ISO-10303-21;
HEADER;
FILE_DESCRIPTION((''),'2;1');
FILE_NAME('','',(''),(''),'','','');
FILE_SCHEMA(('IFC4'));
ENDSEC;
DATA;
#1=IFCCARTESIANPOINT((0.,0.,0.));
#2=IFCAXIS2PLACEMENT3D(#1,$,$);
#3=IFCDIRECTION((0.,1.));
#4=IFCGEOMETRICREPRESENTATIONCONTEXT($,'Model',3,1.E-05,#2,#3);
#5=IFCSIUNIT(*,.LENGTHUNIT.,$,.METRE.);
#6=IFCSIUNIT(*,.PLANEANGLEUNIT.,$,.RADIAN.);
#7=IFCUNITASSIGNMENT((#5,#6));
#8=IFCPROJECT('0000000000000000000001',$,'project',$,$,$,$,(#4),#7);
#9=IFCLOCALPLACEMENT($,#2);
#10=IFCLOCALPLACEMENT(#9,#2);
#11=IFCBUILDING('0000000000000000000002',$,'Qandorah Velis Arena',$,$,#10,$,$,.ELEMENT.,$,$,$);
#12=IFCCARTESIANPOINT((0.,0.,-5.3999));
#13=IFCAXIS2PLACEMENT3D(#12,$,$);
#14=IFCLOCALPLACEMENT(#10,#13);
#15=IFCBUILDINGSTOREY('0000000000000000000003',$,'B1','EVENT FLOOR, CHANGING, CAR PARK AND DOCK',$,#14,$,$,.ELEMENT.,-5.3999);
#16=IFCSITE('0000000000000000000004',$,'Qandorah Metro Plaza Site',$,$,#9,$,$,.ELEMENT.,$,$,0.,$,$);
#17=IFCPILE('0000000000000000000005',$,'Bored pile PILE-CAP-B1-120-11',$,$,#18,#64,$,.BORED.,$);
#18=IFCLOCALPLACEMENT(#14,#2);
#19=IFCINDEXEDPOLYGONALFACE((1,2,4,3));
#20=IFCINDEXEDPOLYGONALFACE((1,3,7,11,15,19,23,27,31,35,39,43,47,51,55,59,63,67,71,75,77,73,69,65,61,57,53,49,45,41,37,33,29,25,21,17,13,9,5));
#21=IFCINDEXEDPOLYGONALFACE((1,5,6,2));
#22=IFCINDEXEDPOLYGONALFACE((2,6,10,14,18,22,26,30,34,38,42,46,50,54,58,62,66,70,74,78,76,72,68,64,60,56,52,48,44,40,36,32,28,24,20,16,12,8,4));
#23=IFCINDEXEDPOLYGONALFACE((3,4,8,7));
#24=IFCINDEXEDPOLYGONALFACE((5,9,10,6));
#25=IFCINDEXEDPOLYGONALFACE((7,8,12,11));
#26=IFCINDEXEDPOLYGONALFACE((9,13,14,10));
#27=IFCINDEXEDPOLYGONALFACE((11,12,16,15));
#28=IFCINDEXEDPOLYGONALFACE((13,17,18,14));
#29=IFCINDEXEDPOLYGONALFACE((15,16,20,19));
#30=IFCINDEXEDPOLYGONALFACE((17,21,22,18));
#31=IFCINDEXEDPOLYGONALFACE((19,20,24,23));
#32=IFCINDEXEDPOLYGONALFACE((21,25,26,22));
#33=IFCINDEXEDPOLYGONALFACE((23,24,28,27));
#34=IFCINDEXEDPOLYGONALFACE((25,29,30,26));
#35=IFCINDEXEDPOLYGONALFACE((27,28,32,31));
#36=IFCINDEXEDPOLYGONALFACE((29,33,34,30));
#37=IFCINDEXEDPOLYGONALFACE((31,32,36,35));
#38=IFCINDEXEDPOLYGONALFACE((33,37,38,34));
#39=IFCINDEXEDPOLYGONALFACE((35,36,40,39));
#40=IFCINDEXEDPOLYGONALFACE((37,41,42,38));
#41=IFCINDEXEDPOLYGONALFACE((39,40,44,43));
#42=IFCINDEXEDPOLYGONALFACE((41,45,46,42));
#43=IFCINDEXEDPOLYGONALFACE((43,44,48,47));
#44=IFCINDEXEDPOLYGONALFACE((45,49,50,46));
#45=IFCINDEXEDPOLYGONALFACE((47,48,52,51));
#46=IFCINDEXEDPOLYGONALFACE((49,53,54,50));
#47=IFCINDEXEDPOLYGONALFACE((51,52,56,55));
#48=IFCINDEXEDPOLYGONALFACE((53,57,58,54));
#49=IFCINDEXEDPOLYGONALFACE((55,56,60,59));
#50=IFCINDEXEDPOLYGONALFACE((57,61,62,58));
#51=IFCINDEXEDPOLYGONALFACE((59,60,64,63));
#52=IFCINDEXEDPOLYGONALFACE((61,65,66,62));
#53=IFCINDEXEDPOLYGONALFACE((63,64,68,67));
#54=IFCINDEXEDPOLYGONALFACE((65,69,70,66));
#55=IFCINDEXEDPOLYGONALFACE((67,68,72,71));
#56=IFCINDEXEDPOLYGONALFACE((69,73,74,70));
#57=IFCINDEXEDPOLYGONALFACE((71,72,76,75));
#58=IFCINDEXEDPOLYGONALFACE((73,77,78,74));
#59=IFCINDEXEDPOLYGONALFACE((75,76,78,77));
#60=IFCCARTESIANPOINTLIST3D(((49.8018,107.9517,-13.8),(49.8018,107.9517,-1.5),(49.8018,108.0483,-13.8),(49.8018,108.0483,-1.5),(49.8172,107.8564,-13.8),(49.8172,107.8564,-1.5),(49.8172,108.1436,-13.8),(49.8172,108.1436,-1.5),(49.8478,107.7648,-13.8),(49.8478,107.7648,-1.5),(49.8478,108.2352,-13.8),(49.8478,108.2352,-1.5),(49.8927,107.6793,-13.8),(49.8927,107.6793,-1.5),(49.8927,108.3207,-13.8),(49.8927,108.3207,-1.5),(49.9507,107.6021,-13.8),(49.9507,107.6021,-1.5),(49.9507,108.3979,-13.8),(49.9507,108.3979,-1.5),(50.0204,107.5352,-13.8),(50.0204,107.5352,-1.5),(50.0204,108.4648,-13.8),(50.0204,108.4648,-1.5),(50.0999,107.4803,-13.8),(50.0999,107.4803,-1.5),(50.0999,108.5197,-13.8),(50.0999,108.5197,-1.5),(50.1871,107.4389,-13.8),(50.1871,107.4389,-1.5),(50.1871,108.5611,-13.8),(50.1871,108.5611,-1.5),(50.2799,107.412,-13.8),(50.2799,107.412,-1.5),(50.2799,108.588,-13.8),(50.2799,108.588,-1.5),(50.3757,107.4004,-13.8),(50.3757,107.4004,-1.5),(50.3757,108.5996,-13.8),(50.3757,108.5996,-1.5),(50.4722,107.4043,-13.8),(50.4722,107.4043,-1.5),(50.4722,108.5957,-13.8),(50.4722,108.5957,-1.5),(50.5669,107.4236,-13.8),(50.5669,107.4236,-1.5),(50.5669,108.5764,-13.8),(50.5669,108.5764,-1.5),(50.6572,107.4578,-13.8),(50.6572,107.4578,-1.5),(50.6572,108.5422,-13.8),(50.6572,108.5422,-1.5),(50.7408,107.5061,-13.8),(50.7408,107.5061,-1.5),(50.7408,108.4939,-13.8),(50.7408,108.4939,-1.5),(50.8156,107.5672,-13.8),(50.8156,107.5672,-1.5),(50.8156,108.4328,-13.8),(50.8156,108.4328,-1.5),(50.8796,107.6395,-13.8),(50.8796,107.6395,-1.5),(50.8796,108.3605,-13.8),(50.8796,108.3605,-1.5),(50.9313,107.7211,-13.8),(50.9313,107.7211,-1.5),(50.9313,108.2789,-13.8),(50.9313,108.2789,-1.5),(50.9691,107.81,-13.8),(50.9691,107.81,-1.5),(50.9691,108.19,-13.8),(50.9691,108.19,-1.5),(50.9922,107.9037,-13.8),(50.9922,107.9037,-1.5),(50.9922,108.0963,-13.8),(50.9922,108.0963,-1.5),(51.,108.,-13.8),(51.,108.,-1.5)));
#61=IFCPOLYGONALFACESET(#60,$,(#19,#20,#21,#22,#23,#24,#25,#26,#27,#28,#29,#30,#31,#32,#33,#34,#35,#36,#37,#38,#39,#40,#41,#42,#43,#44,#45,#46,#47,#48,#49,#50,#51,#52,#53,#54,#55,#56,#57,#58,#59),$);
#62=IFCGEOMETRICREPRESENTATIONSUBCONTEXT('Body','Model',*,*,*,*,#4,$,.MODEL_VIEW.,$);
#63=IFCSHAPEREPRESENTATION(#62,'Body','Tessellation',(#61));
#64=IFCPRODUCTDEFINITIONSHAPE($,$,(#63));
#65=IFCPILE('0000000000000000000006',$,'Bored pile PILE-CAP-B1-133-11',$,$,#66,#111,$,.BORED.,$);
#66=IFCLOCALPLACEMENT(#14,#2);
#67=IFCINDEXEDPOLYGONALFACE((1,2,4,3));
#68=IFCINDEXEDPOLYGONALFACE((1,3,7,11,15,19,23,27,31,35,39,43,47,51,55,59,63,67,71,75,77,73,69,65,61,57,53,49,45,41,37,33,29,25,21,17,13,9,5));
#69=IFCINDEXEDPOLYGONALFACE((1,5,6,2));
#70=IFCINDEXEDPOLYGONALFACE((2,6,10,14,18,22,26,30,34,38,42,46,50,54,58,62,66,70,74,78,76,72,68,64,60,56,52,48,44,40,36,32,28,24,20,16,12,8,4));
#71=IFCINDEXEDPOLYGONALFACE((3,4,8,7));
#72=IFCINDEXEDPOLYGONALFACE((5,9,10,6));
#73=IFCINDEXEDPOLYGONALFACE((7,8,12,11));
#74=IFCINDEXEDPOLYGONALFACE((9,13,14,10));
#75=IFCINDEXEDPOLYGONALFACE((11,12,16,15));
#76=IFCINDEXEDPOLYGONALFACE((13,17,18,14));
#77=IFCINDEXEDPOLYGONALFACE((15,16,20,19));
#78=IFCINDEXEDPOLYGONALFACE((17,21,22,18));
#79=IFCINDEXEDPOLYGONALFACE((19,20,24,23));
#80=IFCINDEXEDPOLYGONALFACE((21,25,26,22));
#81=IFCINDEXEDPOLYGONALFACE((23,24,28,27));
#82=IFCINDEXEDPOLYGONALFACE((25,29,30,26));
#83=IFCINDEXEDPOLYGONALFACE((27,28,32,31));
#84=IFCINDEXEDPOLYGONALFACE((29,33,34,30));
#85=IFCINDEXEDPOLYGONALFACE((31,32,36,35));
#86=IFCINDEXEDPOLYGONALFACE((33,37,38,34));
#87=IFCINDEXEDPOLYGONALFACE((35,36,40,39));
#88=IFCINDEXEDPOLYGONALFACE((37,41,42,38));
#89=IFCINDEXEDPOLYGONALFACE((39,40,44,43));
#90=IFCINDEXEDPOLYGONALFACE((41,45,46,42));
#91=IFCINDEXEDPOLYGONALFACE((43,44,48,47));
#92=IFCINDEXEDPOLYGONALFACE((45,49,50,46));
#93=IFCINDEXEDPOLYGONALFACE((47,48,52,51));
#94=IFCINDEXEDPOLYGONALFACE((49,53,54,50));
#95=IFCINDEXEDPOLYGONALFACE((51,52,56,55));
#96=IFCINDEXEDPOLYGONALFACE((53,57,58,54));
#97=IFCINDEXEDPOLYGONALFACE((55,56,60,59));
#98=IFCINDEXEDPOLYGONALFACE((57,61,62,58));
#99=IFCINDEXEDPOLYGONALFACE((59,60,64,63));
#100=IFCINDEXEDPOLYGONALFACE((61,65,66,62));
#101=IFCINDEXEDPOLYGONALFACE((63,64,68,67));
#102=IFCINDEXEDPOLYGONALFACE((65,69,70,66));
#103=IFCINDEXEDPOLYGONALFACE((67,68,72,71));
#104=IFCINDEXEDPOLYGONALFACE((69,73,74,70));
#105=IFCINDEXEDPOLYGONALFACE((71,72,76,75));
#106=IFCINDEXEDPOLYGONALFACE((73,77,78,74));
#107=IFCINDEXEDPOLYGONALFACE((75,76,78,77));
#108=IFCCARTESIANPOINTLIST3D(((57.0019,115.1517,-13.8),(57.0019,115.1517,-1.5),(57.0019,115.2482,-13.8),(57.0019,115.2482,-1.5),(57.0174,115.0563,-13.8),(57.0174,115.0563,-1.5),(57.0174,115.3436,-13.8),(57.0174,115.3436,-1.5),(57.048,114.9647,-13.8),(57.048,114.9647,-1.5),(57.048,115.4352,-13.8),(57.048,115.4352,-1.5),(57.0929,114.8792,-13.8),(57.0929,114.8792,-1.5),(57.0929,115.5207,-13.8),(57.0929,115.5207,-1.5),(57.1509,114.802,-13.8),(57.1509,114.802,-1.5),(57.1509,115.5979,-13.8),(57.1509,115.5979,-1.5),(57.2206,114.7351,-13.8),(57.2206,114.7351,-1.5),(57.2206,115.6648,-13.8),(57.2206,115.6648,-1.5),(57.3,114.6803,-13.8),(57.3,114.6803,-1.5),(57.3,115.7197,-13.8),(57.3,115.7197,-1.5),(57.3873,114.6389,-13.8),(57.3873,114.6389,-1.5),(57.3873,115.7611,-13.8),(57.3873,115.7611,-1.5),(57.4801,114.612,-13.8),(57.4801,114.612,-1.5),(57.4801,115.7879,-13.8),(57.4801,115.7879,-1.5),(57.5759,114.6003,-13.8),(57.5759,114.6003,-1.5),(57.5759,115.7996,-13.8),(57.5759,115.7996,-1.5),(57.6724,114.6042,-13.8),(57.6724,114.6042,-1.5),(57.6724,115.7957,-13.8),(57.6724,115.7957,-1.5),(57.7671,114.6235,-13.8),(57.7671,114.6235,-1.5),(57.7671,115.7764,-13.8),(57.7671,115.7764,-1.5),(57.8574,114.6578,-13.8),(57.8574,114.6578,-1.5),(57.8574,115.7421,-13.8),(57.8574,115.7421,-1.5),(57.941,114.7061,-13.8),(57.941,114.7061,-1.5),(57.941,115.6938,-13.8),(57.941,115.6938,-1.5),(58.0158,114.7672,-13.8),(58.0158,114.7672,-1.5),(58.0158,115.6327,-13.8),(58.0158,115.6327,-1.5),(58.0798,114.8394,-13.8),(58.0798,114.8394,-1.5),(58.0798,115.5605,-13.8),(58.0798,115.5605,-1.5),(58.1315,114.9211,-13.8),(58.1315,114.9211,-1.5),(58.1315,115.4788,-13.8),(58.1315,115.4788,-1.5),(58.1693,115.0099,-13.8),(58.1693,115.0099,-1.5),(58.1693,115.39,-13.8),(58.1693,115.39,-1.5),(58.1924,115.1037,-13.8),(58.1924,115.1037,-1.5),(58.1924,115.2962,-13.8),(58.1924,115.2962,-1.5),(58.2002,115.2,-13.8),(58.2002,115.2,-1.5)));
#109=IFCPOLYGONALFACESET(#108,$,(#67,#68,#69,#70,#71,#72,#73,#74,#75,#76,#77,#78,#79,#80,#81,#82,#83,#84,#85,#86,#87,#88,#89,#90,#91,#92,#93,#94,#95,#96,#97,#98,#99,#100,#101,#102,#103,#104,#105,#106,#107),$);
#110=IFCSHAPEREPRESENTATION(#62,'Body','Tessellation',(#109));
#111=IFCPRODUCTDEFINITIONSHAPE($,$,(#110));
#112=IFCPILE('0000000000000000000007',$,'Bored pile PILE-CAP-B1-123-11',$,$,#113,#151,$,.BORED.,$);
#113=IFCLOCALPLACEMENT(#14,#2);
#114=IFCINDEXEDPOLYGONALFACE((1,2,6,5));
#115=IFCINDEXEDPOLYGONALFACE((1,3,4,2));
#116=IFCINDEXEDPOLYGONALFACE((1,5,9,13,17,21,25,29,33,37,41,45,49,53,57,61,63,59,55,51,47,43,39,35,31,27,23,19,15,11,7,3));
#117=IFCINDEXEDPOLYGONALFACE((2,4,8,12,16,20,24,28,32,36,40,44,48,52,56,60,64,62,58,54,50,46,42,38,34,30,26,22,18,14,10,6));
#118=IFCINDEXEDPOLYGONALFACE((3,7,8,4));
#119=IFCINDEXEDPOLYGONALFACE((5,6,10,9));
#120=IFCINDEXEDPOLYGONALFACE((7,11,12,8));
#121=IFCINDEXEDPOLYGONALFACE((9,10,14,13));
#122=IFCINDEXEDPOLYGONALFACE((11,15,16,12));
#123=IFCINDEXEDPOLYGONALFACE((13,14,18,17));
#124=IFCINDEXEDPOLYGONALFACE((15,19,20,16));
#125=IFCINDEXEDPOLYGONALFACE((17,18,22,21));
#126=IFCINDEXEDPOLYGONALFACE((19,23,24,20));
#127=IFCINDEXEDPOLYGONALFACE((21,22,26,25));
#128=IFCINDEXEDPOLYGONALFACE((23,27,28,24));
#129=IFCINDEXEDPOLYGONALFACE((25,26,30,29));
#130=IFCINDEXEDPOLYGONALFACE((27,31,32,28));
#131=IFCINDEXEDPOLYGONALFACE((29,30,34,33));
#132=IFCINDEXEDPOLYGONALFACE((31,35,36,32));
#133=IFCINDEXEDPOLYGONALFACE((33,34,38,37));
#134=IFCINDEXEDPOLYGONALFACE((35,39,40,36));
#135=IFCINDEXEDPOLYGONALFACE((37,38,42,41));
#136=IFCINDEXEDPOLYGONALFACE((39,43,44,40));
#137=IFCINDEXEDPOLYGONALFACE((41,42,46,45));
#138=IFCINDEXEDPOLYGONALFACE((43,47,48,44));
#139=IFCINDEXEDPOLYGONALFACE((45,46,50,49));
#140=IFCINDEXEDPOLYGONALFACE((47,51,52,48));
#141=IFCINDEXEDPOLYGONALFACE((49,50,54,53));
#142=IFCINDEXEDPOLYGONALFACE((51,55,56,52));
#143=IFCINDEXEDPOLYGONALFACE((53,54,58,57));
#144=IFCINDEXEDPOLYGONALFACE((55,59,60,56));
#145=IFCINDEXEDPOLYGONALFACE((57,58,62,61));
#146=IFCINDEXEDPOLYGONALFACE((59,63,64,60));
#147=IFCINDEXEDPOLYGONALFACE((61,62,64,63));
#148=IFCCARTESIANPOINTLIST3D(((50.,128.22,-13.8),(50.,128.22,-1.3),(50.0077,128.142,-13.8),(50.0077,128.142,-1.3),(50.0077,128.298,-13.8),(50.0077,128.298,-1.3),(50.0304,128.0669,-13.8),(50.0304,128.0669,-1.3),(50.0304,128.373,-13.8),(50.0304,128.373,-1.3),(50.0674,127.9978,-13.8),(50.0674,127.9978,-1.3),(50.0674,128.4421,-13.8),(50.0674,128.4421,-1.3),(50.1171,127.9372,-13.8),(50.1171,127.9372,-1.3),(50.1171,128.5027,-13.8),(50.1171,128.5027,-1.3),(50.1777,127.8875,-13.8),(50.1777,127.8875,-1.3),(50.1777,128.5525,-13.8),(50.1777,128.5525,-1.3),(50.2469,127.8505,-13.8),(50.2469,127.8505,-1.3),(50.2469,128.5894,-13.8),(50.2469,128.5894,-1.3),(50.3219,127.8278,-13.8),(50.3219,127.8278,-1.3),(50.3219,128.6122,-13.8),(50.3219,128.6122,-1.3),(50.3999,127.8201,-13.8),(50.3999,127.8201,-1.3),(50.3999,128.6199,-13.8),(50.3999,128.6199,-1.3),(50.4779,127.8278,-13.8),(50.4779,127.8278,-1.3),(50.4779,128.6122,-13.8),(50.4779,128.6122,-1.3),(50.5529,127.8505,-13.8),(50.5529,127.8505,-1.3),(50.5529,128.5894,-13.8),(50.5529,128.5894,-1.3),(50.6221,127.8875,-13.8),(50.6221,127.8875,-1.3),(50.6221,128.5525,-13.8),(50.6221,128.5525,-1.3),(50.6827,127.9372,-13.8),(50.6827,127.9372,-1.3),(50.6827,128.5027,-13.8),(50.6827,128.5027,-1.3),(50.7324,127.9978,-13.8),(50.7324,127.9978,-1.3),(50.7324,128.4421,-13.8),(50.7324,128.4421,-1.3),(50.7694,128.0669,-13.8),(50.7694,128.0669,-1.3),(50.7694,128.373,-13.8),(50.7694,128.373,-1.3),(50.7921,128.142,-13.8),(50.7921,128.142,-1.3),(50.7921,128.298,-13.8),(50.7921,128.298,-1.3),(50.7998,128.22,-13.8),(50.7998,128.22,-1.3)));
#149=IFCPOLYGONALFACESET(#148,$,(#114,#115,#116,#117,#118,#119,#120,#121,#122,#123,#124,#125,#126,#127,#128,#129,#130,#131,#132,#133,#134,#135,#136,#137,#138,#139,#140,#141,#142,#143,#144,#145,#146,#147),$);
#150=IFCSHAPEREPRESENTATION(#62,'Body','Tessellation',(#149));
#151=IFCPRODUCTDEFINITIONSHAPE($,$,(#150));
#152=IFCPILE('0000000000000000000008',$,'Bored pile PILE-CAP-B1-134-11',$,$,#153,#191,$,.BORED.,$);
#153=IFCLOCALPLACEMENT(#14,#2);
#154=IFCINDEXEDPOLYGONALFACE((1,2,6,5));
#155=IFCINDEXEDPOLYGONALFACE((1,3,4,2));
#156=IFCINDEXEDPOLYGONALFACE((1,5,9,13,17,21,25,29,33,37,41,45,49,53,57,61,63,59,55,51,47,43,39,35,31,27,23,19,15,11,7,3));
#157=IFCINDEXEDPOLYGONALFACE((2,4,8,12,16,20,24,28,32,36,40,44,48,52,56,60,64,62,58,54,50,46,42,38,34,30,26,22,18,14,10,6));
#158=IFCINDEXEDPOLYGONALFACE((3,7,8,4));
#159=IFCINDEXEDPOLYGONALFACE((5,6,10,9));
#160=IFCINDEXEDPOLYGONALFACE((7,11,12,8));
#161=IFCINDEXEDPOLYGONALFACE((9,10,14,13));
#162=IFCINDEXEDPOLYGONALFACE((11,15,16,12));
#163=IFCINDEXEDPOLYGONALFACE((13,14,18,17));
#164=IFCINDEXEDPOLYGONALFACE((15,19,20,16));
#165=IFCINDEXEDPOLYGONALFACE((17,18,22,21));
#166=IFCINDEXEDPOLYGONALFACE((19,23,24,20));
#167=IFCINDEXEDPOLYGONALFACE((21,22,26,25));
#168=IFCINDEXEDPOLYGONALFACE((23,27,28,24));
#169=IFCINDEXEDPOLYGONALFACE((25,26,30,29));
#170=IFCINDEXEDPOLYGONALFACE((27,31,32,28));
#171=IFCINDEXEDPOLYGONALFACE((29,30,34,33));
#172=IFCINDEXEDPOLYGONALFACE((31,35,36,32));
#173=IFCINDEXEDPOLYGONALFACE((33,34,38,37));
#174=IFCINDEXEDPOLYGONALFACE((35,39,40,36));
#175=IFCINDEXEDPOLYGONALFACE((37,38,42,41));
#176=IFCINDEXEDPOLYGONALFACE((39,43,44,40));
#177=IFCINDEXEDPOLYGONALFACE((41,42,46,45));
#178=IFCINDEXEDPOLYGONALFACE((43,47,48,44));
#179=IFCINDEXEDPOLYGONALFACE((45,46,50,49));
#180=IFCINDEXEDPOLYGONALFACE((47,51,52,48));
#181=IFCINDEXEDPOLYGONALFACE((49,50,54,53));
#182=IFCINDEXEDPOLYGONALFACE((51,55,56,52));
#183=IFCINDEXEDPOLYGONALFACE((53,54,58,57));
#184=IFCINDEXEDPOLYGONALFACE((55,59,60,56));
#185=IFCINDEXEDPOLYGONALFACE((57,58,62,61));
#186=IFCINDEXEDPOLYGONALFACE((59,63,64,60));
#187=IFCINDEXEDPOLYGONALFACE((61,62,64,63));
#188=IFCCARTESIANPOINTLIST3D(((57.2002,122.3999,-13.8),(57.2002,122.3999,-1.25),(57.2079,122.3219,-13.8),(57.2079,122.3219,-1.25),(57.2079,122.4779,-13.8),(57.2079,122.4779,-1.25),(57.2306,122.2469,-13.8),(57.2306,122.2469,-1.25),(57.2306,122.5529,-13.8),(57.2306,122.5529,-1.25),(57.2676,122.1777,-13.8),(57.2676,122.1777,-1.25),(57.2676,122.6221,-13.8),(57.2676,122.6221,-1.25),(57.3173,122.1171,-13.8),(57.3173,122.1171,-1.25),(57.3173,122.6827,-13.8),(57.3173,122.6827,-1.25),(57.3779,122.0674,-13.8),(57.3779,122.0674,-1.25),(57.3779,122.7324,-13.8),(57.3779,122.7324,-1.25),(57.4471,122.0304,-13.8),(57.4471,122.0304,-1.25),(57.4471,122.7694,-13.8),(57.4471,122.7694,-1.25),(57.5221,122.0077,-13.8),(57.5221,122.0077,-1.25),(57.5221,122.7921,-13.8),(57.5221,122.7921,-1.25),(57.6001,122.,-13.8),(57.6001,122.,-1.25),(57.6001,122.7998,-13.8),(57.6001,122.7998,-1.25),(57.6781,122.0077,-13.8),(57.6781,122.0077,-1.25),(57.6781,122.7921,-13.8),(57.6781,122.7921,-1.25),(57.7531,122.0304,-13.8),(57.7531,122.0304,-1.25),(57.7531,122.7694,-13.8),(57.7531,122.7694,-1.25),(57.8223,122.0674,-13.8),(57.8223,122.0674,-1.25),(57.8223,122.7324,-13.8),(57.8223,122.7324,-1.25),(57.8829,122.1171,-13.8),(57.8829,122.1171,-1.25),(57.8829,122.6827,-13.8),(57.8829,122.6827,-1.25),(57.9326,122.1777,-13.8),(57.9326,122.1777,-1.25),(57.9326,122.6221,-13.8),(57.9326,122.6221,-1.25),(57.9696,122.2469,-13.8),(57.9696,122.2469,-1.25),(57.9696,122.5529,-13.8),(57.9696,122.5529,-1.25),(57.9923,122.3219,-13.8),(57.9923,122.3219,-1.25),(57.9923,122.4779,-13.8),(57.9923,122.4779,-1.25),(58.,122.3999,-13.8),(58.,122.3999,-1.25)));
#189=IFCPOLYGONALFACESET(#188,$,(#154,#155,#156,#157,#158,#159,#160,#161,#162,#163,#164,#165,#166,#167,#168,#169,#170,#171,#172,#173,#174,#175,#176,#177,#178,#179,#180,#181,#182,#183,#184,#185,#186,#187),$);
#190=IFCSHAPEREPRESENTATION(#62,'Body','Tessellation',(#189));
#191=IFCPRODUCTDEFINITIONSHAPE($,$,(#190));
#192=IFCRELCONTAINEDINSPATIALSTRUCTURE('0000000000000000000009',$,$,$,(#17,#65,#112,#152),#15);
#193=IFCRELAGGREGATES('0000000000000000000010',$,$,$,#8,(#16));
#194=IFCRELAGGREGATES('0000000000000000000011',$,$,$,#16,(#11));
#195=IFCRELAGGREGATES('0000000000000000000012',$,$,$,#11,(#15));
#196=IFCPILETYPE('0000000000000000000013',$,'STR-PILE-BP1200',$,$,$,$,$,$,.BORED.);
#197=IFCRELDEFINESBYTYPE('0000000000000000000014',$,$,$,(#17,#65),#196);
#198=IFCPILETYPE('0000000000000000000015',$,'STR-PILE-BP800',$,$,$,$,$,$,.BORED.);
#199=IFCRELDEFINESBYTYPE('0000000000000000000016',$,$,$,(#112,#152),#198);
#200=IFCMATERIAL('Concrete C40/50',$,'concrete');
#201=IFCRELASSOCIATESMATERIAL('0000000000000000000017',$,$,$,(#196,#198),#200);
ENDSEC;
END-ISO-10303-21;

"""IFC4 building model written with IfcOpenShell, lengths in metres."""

from ifc_helpers import new_model, si_unit, direction, frame, origin, origin_2d, place, context, subcontext, project, spatial, circle, extrude, material, material_profile, profile_set, type_object, element, save


model = new_model("IFC4")

# Units and contexts
model_context = context("Model", 3, precision=1e-05, world=origin(), true_north=direction((0.0, 1.0)))
body_context = subcontext(model_context, "Body", "Model", "MODEL_VIEW")
ifc_project = project(units=[si_unit("LENGTHUNIT", "METRE"), si_unit("PLANEANGLEUNIT", "RADIAN")], contexts=[model_context])

# Site, building, storey
site_placement = place(None, origin())
site = spatial("IfcSite", under=ifc_project, at=site_placement, Name="Qandorah Metro Plaza Site", CompositionType="ELEMENT", RefElevation=0.0)
building_placement = place(site_placement, origin())
building = spatial("IfcBuilding", under=site, at=building_placement, Name="Qandorah Velis Arena", CompositionType="ELEMENT")
storey_placement = place(building_placement, frame((0.0, 0.0, -5.3999)))
storey = spatial("IfcBuildingStorey", under=building, at=storey_placement, Name="B1", Description="EVENT FLOOR, CHANGING, CAR PARK AND DOCK", CompositionType="ELEMENT", Elevation=-5.3999)

# Shared definitions
ifc_material = material(Name="Concrete C40/50", Category="concrete")

# Piles
ifc_material_profile_1 = material_profile(ifc_material, circle(Radius=0.6001, at=origin_2d()), Name="BORED PILE D1200")
ifc_profile_set_1 = profile_set([ifc_material_profile_1], Name="Concrete C40/50")
pile_type_1 = type_object("IfcPileType", Name="STR-PILE-BP1200", PredefinedType="BORED", material=ifc_profile_set_1)
for number, where, z_axis, x_axis, name in (
    (1, (50.3999, 108.0, -1.5), (0.0, 0.0, -1.0), (1.0, 0.0, 0.0), "Bored pile PILE-CAP-B1-120-11"),
    (2, (57.6001, 115.2, -1.5), (0.0, 0.0, -1.0), (1.0, 0.0, 0.0), "Bored pile PILE-CAP-B1-133-11"),
):
    element("IfcPile", number, at=place(storey_placement, frame(where, z_axis=z_axis, x_axis=x_axis)), inside=storey, type_object=pile_type_1, Name=name, PredefinedType="BORED", context=body_context, shape_type="SweptSolid", body=[
        extrude(circle(Radius=0.6001, at=origin_2d()), origin(), (0.0, 0.0, 1.0), 12.3),
    ])
ifc_material_profile_2 = material_profile(ifc_material, circle(Radius=0.3999, at=origin_2d()), Name="BORED PILE D800")
ifc_profile_set_2 = profile_set([ifc_material_profile_2], Name="Concrete C40/50")
pile_type_2 = type_object("IfcPileType", Name="STR-PILE-BP800", PredefinedType="BORED", material=ifc_profile_set_2)
pile_1_placement = place(storey_placement, frame((50.3999, 128.22, -1.3), z_axis=(0.0, 0.0, -1.0), x_axis=(1.0, 0.0, 0.0)))
element("IfcPile", 3, at=pile_1_placement, inside=storey, type_object=pile_type_2, Name="Bored pile PILE-CAP-B1-123-11", PredefinedType="BORED", context=body_context, shape_type="SweptSolid", body=[
    extrude(circle(Radius=0.3999, at=origin_2d()), origin(), (0.0, 0.0, 1.0), 12.5),
])
pile_2_placement = place(storey_placement, frame((57.6001, 122.3999, -1.25), z_axis=(0.0, 0.0, -1.0), x_axis=(1.0, 0.0, 0.0)))
element("IfcPile", 4, at=pile_2_placement, inside=storey, type_object=pile_type_2, Name="Bored pile PILE-CAP-B1-134-11", PredefinedType="BORED", context=body_context, shape_type="SweptSolid", body=[
    extrude(circle(Radius=0.3999, at=origin_2d()), origin(), (0.0, 0.0, 1.0), 12.55),
])

save(model, "model.ifc")
